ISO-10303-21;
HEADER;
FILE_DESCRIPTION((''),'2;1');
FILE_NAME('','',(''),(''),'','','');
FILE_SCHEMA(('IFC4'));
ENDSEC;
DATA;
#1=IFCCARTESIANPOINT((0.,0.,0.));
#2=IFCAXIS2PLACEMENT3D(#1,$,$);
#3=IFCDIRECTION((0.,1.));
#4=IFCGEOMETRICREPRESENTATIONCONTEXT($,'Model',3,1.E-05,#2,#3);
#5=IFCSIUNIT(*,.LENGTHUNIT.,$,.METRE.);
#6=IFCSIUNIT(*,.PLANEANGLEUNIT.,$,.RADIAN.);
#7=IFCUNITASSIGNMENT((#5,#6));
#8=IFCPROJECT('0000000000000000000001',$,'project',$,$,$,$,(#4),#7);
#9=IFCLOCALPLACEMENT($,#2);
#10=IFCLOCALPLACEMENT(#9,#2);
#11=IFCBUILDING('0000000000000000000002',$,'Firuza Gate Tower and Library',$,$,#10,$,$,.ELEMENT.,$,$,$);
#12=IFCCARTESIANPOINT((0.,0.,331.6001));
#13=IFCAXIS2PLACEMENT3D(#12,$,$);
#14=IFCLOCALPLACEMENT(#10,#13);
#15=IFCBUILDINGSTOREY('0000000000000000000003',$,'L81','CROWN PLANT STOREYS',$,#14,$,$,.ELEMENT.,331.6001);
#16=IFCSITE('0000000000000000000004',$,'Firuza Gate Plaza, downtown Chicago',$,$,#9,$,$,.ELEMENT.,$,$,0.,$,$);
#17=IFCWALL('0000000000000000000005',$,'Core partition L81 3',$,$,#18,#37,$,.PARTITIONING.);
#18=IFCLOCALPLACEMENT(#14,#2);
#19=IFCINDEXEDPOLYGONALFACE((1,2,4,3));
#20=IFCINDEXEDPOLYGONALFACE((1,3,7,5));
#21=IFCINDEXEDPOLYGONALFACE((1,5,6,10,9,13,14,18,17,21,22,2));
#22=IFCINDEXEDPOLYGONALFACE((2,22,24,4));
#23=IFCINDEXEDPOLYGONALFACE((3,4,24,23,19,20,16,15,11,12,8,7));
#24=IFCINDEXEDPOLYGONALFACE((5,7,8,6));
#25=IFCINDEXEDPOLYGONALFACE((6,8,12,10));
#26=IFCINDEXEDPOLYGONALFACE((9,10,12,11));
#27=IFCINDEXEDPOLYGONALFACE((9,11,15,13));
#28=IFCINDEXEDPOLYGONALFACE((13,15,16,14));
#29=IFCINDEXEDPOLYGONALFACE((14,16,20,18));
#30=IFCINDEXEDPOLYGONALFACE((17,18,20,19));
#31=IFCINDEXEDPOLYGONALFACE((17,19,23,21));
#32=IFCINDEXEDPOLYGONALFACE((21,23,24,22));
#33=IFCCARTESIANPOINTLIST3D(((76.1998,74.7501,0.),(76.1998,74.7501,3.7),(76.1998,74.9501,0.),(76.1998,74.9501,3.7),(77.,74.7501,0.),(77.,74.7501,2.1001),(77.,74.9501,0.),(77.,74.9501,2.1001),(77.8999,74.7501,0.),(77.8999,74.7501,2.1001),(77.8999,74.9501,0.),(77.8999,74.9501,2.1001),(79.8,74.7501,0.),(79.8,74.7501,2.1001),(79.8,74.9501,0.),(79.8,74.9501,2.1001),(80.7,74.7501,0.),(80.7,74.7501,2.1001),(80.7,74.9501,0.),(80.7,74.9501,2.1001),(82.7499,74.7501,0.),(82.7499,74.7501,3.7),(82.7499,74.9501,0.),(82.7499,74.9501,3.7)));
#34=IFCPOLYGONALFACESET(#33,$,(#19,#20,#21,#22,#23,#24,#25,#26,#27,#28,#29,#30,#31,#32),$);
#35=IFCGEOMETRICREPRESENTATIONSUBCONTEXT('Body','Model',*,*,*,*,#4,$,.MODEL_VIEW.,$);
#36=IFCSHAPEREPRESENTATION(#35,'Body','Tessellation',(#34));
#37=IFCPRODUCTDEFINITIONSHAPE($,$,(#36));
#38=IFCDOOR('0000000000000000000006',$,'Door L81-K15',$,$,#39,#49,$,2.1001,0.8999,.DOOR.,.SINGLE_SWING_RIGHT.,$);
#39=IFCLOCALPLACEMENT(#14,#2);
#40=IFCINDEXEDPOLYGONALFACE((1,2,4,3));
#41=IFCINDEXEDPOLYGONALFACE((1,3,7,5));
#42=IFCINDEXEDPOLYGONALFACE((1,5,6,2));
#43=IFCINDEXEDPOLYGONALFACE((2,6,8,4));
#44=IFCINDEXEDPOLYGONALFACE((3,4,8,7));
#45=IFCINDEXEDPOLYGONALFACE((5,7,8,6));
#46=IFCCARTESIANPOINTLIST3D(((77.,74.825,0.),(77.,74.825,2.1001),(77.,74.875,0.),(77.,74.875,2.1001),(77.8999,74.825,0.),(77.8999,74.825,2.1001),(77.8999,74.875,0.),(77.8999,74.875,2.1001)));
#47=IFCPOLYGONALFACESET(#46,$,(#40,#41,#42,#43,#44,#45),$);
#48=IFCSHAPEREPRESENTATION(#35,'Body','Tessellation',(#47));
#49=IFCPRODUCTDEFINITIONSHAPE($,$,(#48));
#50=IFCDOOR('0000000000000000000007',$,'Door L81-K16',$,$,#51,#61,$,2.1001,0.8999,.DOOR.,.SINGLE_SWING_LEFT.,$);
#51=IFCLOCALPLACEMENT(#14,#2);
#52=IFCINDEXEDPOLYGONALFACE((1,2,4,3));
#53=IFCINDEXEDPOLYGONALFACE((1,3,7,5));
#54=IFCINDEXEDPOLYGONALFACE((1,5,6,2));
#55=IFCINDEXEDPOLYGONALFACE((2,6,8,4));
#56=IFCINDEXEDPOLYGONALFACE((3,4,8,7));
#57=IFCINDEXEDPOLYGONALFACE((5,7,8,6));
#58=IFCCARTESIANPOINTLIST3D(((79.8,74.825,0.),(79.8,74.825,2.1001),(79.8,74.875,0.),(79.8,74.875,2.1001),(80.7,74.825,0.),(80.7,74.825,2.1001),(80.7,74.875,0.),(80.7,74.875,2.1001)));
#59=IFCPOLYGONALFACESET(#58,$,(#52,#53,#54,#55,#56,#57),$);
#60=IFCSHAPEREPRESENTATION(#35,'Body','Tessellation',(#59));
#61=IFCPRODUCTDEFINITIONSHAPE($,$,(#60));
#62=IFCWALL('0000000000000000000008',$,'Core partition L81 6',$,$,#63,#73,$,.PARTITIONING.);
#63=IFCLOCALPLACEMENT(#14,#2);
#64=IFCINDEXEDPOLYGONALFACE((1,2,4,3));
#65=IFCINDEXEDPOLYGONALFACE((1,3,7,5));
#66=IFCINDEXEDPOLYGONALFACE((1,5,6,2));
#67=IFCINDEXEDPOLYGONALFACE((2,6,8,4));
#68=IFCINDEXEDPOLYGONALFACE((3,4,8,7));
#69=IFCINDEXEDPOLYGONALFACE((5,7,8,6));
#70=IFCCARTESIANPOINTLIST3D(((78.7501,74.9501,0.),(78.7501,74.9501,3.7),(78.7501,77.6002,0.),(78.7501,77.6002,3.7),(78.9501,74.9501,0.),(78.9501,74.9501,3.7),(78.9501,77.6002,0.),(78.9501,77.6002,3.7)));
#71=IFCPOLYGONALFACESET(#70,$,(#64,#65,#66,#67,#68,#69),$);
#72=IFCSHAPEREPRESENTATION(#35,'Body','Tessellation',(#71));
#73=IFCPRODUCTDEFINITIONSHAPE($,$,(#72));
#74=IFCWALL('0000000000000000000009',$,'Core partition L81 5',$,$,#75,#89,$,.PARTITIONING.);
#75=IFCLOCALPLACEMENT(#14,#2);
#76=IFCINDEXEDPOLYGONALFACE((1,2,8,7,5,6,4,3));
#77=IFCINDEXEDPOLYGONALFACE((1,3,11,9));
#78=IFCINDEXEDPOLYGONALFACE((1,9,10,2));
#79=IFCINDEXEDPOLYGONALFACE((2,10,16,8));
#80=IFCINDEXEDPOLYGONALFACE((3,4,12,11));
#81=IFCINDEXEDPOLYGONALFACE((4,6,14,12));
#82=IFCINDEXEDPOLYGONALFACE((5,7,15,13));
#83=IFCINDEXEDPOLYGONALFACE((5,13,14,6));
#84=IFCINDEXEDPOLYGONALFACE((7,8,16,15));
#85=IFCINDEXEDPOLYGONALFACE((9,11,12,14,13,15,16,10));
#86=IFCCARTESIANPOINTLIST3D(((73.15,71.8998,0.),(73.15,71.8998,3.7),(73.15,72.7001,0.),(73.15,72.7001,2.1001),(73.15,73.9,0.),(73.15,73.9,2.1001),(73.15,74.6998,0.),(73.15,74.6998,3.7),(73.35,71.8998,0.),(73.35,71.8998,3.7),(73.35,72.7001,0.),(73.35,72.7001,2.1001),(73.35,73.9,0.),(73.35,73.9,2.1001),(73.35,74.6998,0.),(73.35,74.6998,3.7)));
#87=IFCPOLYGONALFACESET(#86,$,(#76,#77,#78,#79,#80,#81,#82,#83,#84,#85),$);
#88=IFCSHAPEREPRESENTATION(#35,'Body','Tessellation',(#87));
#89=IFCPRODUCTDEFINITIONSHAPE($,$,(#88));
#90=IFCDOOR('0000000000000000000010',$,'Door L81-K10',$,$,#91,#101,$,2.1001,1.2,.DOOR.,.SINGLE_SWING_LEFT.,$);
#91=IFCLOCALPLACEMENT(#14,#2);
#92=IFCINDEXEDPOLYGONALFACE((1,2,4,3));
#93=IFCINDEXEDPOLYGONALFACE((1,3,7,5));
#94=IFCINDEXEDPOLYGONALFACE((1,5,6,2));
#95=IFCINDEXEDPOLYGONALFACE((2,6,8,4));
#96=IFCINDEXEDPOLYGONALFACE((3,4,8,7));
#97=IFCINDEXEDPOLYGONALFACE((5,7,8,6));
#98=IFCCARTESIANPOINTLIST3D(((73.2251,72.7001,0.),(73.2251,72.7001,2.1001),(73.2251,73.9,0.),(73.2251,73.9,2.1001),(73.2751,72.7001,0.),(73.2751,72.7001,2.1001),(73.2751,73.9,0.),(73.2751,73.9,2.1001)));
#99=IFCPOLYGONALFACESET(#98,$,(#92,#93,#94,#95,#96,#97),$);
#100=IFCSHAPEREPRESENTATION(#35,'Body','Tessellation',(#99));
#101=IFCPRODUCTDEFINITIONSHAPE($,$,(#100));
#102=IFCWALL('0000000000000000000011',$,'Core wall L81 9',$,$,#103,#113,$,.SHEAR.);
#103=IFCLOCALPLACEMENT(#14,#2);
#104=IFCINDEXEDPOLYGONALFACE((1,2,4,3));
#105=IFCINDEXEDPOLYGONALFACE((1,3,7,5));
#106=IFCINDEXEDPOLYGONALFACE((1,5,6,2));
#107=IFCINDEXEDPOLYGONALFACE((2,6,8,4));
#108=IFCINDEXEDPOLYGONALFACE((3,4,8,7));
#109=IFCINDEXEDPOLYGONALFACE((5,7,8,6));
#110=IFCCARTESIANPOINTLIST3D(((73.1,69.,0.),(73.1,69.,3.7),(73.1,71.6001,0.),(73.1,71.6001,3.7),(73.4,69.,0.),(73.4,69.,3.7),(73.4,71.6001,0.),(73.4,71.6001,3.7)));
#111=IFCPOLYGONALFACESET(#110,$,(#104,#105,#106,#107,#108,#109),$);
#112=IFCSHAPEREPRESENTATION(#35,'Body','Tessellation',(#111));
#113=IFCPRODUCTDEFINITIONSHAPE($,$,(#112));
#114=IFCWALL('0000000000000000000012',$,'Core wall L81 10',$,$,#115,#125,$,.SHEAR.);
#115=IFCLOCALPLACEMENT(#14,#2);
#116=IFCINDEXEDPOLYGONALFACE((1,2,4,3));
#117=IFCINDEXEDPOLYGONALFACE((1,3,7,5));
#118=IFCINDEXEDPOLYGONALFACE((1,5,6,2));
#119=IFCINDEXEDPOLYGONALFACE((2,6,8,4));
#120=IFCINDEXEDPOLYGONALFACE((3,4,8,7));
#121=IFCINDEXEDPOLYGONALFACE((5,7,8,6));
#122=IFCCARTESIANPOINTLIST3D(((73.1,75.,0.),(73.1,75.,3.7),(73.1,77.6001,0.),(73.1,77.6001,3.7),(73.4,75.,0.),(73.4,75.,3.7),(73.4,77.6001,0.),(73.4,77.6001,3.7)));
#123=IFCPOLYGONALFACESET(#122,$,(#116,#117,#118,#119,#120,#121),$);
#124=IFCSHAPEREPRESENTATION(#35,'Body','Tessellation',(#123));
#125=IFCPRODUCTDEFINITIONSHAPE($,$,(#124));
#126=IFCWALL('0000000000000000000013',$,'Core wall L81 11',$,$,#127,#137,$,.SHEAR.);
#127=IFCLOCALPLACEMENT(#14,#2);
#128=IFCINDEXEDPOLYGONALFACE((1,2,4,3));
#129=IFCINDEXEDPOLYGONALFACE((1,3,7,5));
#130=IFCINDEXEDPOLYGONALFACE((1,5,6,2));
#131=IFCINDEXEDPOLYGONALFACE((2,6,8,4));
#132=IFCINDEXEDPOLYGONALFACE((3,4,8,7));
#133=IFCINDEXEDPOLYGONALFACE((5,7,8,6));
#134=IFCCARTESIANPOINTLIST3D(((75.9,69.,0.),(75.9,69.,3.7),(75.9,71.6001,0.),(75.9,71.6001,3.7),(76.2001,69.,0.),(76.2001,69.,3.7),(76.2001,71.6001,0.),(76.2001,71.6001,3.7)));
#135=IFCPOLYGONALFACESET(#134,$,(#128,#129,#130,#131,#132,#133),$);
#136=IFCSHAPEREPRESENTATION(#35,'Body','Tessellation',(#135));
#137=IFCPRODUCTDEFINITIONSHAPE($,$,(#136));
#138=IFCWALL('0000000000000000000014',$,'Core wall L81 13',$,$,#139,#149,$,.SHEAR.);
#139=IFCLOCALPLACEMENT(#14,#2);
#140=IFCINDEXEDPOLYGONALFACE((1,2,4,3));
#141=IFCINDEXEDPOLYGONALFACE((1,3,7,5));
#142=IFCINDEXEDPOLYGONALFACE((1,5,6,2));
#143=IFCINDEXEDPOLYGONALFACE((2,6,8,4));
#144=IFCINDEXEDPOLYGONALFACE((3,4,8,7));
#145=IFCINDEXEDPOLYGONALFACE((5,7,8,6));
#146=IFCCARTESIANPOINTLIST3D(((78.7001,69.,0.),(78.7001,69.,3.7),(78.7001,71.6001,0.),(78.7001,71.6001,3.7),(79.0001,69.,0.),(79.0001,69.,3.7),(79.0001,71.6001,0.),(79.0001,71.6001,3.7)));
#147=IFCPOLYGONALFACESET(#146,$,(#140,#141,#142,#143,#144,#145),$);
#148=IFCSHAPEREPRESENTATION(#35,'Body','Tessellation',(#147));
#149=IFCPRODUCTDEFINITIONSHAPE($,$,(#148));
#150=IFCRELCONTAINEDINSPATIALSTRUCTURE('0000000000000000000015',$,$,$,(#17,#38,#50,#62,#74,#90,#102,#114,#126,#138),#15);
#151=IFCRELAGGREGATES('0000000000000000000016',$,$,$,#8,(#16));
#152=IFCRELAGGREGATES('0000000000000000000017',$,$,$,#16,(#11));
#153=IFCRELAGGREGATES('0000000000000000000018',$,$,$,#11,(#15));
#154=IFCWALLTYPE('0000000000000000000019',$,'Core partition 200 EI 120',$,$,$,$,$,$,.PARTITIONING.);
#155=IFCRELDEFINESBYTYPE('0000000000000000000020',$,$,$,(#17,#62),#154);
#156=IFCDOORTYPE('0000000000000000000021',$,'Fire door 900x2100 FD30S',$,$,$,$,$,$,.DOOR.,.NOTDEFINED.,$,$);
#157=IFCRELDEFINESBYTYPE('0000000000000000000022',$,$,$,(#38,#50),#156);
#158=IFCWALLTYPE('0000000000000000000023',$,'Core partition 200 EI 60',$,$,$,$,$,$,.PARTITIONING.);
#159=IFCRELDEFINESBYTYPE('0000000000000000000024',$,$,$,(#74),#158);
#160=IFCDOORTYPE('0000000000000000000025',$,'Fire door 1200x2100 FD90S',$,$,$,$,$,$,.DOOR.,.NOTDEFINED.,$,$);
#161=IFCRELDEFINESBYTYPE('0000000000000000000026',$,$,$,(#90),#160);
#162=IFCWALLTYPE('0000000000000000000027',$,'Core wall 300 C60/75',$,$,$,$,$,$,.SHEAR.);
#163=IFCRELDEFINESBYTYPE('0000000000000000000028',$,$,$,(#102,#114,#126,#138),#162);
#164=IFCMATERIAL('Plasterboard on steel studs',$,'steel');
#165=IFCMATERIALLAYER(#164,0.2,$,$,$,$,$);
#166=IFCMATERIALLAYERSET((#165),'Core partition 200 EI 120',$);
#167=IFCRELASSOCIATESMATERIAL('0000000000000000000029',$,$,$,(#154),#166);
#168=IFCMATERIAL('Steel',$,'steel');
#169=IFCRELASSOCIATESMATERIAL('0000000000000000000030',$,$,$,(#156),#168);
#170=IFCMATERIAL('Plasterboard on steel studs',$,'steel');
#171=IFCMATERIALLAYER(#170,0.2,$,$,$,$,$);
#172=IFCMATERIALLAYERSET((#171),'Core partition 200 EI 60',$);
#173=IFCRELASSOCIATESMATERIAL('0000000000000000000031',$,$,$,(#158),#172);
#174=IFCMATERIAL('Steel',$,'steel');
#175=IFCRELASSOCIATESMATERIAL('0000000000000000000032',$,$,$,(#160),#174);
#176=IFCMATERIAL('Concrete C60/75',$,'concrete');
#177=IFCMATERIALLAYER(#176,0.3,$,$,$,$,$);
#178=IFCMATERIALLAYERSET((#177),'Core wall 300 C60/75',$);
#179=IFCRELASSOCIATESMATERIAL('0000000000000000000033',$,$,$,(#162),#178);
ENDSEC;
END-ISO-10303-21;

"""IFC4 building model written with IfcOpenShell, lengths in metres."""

from ifc_helpers import new_model, si_unit, direction, frame, frame_2d, origin, place, context, subcontext, project, spatial, rectangle, extrude, material, layer, layer_set, type_object, element, fill, save


model = new_model("IFC4")

# Units and contexts
model_context = context("Model", 3, precision=1e-05, world=origin(), true_north=direction((0.0, 1.0)))
body_context = subcontext(model_context, "Body", "Model", "MODEL_VIEW")
ifc_project = project(units=[si_unit("LENGTHUNIT", "METRE"), si_unit("PLANEANGLEUNIT", "RADIAN")], contexts=[model_context])

# Site, building, storey
site_placement = place(None, origin())
site = spatial("IfcSite", under=ifc_project, at=site_placement, Name="Firuza Gate Plaza, downtown Chicago", CompositionType="ELEMENT", RefElevation=0.0)
building_placement = place(site_placement, origin())
building = spatial("IfcBuilding", under=site, at=building_placement, Name="Firuza Gate Tower and Library", CompositionType="ELEMENT")
storey_placement = place(building_placement, frame((0.0, 0.0, 331.6001)))
storey = spatial("IfcBuildingStorey", under=building, at=storey_placement, Name="L81", Description="CROWN PLANT STOREYS", CompositionType="ELEMENT", Elevation=331.6001)

# Wall, openings, doors
ifc_material_1 = material(Name="Plasterboard on steel studs", Category="steel")
ifc_layer_1 = layer(ifc_material_1, 0.2)
ifc_layer_set_1 = layer_set([ifc_layer_1], Name="Core partition 200 EI 120")
wall_type_1 = type_object("IfcWallType", Name="Core partition 200 EI 120", PredefinedType="PARTITIONING", material=ifc_layer_set_1)
wall_1_placement = place(storey_placement, frame((76.2, 74.8501, 0.0), z_axis=(0.0, 0.0, 1.0), x_axis=(1.0, 0.0, 0.0)))
wall_1 = element("IfcWall", 1, at=wall_1_placement, inside=storey, type_object=wall_type_1, Name="Core partition L81 3", PredefinedType="PARTITIONING", context=body_context, shape_type="SweptSolid", body=[
    extrude(rectangle(XDim=6.55, YDim=0.2, at=frame_2d((3.2749, 0.0))), origin(), (0.0, 0.0, 1.0), 3.7),
])
opening_1_placement = place(wall_1_placement, frame((0.8, 0.0, 0.0)))
opening_1 = element("IfcOpeningElement", 2, at=opening_1_placement, cuts=wall_1, PredefinedType="OPENING", context=body_context, shape_type="SweptSolid", body=[
    extrude(rectangle(XDim=0.8999, YDim=2.1001, at=frame_2d((0.45, 1.05))), frame((0.0, 0.1099, 0.0), z_axis=(0.0, -1.0, 0.0), x_axis=(1.0, 0.0, 0.0)), (0.0, 0.0, 1.0), 0.22),
])
opening_2_placement = place(wall_1_placement, frame((3.6001, 0.0, 0.0)))
opening_2 = element("IfcOpeningElement", 3, at=opening_2_placement, cuts=wall_1, PredefinedType="OPENING", context=body_context, shape_type="SweptSolid", body=[
    extrude(rectangle(XDim=0.8999, YDim=2.1001, at=frame_2d((0.45, 1.05))), frame((0.0, 0.1099, 0.0), z_axis=(0.0, -1.0, 0.0), x_axis=(1.0, 0.0, 0.0)), (0.0, 0.0, 1.0), 0.22),
])
ifc_material_2 = material(Name="Steel", Category="steel")
door_type_1 = type_object("IfcDoorType", Name="Fire door 900x2100 FD30S", OperationType="NOTDEFINED", PredefinedType="DOOR", material=ifc_material_2)
door_1_placement = place(opening_1_placement, origin())
door_1 = element("IfcDoor", 4, at=door_1_placement, inside=storey, type_object=door_type_1, Name="Door L81-K15", OperationType="SINGLE_SWING_RIGHT", OverallHeight=2.1001, OverallWidth=0.8999, PredefinedType="DOOR", context=body_context, shape_type="SweptSolid", body=[
    extrude(rectangle(XDim=0.8999, YDim=2.1001, at=frame_2d((0.45, 1.05))), frame((0.0, 0.0249, 0.0), z_axis=(0.0, -1.0, 0.0), x_axis=(1.0, 0.0, 0.0)), (0.0, 0.0, 1.0), 0.05),
])
fill(opening_1, door_1)
door_2_placement = place(opening_2_placement, origin())
door_2 = element("IfcDoor", 5, at=door_2_placement, inside=storey, type_object=door_type_1, Name="Door L81-K16", OperationType="SINGLE_SWING_LEFT", OverallHeight=2.1001, OverallWidth=0.8999, PredefinedType="DOOR", context=body_context, shape_type="SweptSolid", body=[
    extrude(rectangle(XDim=0.8999, YDim=2.1001, at=frame_2d((0.45, 1.05))), frame((0.0, 0.0249, 0.0), z_axis=(0.0, -1.0, 0.0), x_axis=(1.0, 0.0, 0.0)), (0.0, 0.0, 1.0), 0.05),
])
fill(opening_2, door_2)

# Wall
wall_2_placement = place(storey_placement, frame((78.8501, 74.95, 0.0), z_axis=(0.0, 0.0, 1.0), x_axis=(0.0, 1.0, 0.0)))
element("IfcWall", 6, at=wall_2_placement, inside=storey, type_object=wall_type_1, Name="Core partition L81 6", PredefinedType="PARTITIONING", context=body_context, shape_type="SweptSolid", body=[
    extrude(rectangle(XDim=2.6501, YDim=0.2, at=frame_2d((1.3252, 0.0))), origin(), (0.0, 0.0, 1.0), 3.7),
])

# Wall, opening, door
ifc_material_3 = material(Name="Plasterboard on steel studs", Category="steel")
ifc_layer_2 = layer(ifc_material_3, 0.2)
ifc_layer_set_2 = layer_set([ifc_layer_2], Name="Core partition 200 EI 60")
wall_type_2 = type_object("IfcWallType", Name="Core partition 200 EI 60", PredefinedType="PARTITIONING", material=ifc_layer_set_2)
wall_3_placement = place(storey_placement, frame((73.25, 71.8999, 0.0), z_axis=(0.0, 0.0, 1.0), x_axis=(0.0, 1.0, 0.0)))
wall_3 = element("IfcWall", 7, at=wall_3_placement, inside=storey, type_object=wall_type_2, Name="Core partition L81 5", PredefinedType="PARTITIONING", context=body_context, shape_type="SweptSolid", body=[
    extrude(rectangle(XDim=2.8, YDim=0.2, at=frame_2d((1.3999, 0.0))), origin(), (0.0, 0.0, 1.0), 3.7),
])
opening_3_placement = place(wall_3_placement, frame((0.8, 0.0, 0.0)))
opening_3 = element("IfcOpeningElement", 8, at=opening_3_placement, cuts=wall_3, PredefinedType="OPENING", context=body_context, shape_type="SweptSolid", body=[
    extrude(rectangle(XDim=1.2, YDim=2.1001, at=frame_2d((0.6001, 1.05))), frame((0.0, 0.1099, 0.0), z_axis=(0.0, -1.0, 0.0), x_axis=(1.0, 0.0, 0.0)), (0.0, 0.0, 1.0), 0.22),
])
ifc_material_4 = material(Name="Steel", Category="steel")
door_type_2 = type_object("IfcDoorType", Name="Fire door 1200x2100 FD90S", OperationType="NOTDEFINED", PredefinedType="DOOR", material=ifc_material_4)
door_3_placement = place(opening_3_placement, origin())
door_3 = element("IfcDoor", 9, at=door_3_placement, inside=storey, type_object=door_type_2, Name="Door L81-K10", OperationType="SINGLE_SWING_LEFT", OverallHeight=2.1001, OverallWidth=1.2, PredefinedType="DOOR", context=body_context, shape_type="SweptSolid", body=[
    extrude(rectangle(XDim=1.2, YDim=2.1001, at=frame_2d((0.6001, 1.05))), frame((0.0, 0.0249, 0.0), z_axis=(0.0, -1.0, 0.0), x_axis=(1.0, 0.0, 0.0)), (0.0, 0.0, 1.0), 0.05),
])
fill(opening_3, door_3)

# Walls
ifc_material_5 = material(Name="Concrete C60/75", Category="concrete")
ifc_layer_3 = layer(ifc_material_5, 0.3)
ifc_layer_set_3 = layer_set([ifc_layer_3], Name="Core wall 300 C60/75")
wall_type_3 = type_object("IfcWallType", Name="Core wall 300 C60/75", PredefinedType="SHEAR", material=ifc_layer_set_3)
for number, where, z_axis, x_axis, name in (
    (10, (73.25, 69.0, 0.0), (0.0, 0.0, 1.0), (0.0, 1.0, 0.0), "Core wall L81 9"),
    (11, (73.25, 75.0, 0.0), (0.0, 0.0, 1.0), (0.0, 1.0, 0.0), "Core wall L81 10"),
    (12, (76.05, 69.0, 0.0), (0.0, 0.0, 1.0), (0.0, 1.0, 0.0), "Core wall L81 11"),
    (13, (78.8501, 69.0, 0.0), (0.0, 0.0, 1.0), (0.0, 1.0, 0.0), "Core wall L81 13"),
):
    element("IfcWall", number, at=place(storey_placement, frame(where, z_axis=z_axis, x_axis=x_axis)), inside=storey, type_object=wall_type_3, Name=name, PredefinedType="SHEAR", context=body_context, shape_type="SweptSolid", body=[
        extrude(rectangle(XDim=2.6001, YDim=0.3, at=frame_2d((1.3, 0.0))), origin(), (0.0, 0.0, 1.0), 3.7),
    ])

save(model, "model.ifc")
